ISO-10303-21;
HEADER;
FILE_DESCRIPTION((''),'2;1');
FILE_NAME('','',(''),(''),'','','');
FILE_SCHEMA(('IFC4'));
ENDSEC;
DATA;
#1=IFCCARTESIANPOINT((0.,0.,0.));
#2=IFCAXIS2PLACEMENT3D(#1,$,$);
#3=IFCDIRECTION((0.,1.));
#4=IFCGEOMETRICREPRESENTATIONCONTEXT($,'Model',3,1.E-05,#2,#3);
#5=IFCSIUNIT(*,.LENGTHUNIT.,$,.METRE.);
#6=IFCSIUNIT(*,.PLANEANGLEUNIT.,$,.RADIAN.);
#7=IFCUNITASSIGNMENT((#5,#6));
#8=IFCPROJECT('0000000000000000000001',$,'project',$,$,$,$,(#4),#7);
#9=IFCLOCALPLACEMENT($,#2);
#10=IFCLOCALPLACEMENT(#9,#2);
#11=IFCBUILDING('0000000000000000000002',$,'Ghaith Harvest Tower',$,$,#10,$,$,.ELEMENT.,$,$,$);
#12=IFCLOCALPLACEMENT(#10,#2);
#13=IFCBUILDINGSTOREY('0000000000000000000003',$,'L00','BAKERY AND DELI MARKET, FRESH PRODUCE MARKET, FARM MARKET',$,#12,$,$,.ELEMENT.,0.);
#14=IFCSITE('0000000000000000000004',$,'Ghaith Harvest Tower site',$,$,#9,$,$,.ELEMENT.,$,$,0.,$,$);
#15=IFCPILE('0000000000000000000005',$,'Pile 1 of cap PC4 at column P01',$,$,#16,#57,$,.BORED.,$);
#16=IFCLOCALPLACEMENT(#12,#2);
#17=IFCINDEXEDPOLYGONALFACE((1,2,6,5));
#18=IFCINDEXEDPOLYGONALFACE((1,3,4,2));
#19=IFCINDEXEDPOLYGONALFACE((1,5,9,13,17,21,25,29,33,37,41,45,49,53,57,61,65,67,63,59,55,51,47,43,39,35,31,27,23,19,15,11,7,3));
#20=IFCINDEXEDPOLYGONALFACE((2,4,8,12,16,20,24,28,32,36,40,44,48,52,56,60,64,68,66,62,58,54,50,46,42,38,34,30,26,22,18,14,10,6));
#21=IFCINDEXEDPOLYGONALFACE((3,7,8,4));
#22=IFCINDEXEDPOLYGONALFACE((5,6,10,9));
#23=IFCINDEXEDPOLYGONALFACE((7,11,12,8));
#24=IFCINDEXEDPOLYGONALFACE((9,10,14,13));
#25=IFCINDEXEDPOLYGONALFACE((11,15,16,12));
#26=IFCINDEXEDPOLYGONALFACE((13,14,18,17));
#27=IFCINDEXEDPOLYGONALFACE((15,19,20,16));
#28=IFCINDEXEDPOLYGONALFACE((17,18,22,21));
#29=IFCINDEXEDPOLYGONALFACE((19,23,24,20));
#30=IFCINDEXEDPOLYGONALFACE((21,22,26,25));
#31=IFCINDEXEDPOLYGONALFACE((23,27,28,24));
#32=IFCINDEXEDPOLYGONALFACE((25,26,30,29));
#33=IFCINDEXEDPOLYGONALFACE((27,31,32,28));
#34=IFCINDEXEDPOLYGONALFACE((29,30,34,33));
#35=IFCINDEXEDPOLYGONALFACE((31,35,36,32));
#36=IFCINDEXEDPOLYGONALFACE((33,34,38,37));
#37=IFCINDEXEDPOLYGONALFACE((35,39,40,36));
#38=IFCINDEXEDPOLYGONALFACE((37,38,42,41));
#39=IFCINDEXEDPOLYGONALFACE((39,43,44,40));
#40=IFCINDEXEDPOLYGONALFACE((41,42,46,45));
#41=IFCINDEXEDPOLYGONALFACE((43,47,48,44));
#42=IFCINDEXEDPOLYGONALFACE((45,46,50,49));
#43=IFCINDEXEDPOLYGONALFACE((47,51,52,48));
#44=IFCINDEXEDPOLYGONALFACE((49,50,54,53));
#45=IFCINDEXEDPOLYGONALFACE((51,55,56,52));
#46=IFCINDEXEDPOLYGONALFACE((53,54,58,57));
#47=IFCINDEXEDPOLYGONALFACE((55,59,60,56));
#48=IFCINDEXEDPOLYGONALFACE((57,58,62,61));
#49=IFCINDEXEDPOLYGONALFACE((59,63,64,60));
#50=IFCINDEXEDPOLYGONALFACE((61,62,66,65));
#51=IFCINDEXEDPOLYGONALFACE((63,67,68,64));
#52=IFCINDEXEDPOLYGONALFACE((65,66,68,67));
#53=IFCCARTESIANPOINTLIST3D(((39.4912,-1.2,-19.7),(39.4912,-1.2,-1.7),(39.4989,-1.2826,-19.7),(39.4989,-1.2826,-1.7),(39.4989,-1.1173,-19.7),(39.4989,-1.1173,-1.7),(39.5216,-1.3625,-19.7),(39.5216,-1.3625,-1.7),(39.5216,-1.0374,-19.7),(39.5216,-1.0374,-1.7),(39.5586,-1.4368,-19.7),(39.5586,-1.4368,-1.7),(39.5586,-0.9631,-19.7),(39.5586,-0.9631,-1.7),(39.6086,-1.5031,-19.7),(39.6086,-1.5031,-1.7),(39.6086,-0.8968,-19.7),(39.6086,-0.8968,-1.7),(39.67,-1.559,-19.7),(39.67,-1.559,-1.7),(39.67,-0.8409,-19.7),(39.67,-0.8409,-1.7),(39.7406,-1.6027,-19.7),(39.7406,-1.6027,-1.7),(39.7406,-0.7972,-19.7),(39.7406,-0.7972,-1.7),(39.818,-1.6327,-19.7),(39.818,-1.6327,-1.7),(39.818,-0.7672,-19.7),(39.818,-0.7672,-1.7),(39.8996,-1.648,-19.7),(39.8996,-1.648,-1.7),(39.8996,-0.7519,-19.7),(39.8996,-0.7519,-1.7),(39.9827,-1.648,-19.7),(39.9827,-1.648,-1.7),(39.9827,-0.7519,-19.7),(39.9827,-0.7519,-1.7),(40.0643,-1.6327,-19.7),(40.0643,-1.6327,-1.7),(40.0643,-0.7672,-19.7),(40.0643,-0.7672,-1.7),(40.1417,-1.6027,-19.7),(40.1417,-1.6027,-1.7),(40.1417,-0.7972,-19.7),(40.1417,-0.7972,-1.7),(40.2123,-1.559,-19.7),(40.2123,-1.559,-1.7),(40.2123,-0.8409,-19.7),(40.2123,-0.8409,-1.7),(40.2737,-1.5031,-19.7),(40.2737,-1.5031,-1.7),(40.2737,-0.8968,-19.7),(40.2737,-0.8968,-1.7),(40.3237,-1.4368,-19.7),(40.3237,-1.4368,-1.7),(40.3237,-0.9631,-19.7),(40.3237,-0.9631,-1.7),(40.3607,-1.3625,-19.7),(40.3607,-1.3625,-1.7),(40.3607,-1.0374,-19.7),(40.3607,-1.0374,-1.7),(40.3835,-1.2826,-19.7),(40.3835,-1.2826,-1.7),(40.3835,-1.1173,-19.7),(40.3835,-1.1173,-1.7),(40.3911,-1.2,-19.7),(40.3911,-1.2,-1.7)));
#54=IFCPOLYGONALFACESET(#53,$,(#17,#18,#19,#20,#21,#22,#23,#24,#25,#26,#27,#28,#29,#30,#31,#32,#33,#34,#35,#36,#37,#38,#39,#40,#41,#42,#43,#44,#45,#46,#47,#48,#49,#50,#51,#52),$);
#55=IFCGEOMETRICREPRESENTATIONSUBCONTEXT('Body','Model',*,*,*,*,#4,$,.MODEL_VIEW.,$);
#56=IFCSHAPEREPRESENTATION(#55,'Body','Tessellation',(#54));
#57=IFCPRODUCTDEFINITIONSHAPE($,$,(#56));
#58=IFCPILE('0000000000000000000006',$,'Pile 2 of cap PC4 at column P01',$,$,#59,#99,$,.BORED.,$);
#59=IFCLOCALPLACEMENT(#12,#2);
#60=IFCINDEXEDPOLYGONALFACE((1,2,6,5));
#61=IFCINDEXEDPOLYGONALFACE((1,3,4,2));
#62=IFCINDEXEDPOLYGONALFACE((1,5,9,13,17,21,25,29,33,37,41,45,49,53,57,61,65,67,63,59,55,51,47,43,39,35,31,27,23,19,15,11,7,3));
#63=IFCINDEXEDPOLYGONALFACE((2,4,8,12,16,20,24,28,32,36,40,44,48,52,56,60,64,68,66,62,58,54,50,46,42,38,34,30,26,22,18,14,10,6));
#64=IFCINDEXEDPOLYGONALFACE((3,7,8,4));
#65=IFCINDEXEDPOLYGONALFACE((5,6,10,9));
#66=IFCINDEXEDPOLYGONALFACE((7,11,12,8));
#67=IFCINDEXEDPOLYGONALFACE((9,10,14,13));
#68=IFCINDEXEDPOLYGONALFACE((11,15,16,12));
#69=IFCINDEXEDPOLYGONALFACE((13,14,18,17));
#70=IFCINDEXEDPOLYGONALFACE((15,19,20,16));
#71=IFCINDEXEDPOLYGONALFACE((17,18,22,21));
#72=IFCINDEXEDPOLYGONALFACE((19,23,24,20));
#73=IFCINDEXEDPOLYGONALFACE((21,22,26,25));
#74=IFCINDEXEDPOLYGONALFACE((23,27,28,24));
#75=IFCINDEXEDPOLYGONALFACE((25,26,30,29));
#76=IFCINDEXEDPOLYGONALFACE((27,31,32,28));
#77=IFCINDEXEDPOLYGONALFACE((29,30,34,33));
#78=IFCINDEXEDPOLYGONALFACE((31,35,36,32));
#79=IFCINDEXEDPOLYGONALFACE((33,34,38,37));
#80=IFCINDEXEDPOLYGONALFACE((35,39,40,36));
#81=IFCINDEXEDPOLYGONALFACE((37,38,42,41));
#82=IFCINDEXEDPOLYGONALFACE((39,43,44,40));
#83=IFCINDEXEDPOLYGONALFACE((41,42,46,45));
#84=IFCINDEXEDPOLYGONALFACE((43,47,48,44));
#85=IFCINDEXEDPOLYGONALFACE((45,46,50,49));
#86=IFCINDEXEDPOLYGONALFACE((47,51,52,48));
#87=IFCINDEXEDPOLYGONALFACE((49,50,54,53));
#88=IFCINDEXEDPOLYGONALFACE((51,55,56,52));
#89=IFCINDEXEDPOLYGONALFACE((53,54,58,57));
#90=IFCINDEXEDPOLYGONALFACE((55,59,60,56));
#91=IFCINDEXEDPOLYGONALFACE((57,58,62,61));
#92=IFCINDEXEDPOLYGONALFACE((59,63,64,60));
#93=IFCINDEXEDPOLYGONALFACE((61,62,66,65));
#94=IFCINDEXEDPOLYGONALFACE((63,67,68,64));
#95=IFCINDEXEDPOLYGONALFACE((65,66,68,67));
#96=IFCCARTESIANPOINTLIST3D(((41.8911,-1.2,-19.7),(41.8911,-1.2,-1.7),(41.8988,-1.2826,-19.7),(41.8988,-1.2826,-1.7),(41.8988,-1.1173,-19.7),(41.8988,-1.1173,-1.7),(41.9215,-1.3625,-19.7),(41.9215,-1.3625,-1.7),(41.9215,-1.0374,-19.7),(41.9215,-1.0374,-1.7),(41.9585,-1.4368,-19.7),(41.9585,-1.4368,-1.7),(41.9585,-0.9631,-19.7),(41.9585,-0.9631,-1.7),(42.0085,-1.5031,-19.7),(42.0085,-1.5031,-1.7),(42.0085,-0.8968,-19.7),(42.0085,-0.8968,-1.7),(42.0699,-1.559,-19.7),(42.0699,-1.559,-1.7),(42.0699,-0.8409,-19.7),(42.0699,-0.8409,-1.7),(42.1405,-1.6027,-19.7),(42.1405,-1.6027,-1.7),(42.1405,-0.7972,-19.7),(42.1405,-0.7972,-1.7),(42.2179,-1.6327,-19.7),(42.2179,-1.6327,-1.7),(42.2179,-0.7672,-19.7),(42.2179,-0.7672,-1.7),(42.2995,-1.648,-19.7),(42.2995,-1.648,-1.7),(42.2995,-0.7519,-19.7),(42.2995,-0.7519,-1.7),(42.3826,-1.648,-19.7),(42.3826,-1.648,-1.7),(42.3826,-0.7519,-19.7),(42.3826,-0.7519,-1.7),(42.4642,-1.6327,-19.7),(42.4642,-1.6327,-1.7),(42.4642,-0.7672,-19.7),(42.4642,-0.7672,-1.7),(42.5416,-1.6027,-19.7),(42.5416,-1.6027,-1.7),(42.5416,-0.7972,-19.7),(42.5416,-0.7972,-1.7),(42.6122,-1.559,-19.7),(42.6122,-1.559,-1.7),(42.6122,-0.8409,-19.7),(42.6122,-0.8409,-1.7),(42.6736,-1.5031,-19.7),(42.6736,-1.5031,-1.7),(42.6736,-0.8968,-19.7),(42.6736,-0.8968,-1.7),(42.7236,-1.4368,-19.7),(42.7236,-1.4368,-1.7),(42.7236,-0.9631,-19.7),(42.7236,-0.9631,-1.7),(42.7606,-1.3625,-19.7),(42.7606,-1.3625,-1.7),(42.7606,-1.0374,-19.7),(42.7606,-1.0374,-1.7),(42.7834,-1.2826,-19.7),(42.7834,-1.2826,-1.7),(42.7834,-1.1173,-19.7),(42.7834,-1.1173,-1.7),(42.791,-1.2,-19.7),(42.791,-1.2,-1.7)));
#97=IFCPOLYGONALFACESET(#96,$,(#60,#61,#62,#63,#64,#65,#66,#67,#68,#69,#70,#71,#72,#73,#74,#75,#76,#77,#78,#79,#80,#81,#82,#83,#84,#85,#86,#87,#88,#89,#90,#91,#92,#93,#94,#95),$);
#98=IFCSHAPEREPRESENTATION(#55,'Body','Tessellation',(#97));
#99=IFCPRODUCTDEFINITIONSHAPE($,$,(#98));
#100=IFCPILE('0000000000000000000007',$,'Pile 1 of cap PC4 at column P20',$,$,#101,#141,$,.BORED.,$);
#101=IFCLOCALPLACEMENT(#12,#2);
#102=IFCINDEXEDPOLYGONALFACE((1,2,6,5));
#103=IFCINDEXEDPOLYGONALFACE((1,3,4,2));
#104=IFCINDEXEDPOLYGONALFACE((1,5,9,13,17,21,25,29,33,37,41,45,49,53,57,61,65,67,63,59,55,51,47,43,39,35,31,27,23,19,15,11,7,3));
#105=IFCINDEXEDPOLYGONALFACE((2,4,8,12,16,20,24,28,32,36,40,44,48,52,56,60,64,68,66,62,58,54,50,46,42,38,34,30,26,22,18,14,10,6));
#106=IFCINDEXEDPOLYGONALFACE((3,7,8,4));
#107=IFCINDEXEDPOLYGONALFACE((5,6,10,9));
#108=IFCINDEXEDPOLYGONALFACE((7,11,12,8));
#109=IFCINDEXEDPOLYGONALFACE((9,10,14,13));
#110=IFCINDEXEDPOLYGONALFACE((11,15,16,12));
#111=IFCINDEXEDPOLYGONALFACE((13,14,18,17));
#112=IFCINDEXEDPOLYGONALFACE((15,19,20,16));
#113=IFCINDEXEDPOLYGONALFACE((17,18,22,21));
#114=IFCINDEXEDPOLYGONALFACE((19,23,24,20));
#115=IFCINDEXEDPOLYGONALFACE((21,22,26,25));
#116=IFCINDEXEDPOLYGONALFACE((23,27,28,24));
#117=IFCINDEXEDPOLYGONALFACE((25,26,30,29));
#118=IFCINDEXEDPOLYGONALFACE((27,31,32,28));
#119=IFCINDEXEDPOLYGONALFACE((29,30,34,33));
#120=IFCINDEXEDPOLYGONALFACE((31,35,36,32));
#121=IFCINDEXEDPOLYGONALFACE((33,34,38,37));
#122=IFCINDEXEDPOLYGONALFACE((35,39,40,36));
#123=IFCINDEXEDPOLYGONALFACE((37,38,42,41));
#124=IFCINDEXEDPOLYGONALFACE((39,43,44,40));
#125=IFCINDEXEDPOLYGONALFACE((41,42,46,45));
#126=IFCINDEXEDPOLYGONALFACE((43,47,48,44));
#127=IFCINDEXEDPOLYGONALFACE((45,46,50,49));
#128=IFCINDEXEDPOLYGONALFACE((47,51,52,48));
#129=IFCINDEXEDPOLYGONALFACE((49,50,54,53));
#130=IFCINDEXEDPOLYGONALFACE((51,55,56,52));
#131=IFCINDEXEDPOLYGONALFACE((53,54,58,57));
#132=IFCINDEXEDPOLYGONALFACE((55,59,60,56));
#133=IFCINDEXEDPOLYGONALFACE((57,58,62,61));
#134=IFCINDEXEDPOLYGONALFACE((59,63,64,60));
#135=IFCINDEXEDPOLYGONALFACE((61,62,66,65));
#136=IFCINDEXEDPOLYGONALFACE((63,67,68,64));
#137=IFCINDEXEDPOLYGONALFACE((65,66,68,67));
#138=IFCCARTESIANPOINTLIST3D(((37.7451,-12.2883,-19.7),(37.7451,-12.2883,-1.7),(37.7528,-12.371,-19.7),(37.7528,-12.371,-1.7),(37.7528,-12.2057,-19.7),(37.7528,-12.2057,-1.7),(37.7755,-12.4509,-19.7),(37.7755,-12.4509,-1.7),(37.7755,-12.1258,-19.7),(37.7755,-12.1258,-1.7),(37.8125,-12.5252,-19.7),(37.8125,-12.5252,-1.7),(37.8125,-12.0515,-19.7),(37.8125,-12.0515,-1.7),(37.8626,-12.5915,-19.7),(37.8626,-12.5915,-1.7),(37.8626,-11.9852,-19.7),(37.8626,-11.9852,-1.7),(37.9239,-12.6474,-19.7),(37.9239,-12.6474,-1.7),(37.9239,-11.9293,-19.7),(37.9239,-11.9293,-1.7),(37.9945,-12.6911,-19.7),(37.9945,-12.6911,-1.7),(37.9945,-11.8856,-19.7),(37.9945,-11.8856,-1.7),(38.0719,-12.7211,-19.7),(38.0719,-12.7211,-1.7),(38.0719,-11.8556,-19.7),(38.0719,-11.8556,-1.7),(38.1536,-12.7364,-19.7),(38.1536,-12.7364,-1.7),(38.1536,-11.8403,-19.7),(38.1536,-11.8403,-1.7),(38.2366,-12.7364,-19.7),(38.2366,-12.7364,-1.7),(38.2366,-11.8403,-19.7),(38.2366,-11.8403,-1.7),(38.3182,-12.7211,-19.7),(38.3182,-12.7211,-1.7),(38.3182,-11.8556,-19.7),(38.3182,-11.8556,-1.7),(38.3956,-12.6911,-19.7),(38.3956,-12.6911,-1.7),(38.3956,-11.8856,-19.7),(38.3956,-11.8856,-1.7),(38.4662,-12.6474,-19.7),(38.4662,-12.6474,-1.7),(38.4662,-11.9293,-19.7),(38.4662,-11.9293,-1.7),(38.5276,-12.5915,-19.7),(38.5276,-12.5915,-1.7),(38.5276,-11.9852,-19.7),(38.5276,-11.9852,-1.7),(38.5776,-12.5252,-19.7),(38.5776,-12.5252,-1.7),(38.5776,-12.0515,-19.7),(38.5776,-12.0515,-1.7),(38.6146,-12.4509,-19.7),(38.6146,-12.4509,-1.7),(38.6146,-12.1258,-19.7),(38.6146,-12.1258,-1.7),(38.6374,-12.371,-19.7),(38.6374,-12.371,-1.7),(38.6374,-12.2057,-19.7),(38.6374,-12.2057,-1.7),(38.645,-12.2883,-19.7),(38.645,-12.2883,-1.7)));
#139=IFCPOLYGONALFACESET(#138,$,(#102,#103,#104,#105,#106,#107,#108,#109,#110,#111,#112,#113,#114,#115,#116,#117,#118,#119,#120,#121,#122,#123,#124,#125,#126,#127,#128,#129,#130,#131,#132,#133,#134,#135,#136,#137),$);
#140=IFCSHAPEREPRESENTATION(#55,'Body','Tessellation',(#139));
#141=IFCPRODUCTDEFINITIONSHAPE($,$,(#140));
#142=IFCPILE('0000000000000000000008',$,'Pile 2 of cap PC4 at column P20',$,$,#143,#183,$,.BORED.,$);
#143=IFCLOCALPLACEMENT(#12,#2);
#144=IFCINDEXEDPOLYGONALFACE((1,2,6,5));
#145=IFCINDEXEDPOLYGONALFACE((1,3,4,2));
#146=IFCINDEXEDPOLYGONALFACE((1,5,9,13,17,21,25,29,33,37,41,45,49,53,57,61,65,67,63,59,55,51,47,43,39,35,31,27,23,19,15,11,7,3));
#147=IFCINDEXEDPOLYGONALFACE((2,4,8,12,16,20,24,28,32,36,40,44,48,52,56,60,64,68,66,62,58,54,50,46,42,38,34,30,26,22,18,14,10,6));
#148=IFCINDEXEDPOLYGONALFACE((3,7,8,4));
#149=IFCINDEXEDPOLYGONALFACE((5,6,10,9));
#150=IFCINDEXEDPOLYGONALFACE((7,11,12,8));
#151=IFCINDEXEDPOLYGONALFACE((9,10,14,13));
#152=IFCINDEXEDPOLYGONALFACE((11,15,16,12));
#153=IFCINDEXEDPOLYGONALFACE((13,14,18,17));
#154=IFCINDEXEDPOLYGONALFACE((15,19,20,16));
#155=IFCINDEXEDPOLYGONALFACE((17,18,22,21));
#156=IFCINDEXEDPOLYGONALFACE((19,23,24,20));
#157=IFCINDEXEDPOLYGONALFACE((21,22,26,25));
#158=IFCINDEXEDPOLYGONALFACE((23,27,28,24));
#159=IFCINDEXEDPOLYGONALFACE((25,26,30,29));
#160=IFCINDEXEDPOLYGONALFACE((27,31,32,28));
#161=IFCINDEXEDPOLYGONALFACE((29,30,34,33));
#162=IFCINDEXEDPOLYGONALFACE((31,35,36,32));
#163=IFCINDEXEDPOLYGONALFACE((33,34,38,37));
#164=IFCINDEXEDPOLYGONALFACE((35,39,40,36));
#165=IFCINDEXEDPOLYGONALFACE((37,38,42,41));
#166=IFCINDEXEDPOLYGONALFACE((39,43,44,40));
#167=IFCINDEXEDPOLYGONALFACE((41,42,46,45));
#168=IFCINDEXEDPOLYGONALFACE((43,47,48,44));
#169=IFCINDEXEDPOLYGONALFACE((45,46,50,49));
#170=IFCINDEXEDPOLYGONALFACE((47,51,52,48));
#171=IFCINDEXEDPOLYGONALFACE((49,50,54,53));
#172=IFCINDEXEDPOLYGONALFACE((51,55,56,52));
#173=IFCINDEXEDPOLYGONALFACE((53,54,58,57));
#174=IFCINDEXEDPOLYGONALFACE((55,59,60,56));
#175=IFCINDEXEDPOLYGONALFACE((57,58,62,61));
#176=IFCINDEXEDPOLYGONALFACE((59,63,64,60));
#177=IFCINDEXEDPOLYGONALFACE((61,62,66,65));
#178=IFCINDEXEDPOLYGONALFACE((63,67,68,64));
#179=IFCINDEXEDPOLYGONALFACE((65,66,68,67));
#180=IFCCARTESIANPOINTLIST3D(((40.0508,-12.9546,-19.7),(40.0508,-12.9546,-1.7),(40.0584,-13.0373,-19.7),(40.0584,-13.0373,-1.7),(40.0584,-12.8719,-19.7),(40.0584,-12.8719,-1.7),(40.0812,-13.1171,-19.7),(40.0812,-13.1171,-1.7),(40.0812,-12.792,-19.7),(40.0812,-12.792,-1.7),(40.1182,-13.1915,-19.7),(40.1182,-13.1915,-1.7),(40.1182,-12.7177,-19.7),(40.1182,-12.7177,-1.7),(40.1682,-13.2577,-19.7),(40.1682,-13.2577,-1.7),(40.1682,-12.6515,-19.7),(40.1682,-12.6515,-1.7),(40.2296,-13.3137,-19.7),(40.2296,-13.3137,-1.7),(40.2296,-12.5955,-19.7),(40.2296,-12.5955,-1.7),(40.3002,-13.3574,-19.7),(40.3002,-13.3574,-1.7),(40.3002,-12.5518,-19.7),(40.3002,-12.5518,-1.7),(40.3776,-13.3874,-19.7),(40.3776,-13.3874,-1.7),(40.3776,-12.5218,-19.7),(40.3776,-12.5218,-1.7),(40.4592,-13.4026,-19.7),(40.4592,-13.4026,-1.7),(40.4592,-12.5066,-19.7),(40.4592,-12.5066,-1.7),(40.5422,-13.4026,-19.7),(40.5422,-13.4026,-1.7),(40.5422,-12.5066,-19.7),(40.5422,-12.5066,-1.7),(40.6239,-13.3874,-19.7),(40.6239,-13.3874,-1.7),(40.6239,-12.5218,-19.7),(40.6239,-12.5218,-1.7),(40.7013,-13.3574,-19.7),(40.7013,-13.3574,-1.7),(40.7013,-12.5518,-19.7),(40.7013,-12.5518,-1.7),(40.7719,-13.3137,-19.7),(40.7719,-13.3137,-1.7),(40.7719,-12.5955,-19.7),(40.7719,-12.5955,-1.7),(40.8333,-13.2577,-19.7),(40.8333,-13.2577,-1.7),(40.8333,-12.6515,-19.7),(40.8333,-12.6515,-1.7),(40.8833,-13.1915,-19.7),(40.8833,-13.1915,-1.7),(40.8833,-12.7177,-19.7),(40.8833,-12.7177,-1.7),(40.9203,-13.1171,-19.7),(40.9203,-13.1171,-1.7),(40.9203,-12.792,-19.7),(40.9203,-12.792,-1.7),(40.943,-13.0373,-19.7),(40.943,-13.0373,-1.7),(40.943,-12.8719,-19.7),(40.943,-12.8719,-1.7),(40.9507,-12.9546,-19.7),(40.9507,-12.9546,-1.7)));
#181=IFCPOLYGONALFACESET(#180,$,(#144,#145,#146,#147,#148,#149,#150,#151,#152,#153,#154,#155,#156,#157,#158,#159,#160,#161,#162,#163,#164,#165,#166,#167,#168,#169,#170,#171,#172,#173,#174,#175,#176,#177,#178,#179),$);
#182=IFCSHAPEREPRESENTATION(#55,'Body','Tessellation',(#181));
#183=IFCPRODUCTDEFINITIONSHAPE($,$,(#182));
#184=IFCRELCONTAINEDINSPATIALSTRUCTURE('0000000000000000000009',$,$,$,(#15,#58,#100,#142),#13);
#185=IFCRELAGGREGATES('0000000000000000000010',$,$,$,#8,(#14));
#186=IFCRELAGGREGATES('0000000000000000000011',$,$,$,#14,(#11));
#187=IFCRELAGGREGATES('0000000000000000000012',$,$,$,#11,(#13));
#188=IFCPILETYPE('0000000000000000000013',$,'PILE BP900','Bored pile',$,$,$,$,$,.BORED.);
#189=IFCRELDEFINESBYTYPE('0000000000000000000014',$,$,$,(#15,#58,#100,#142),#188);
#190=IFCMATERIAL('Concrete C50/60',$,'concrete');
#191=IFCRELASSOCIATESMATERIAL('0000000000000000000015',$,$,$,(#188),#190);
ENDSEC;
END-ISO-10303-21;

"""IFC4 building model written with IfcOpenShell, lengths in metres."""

from ifc_helpers import new_model, si_unit, direction, frame, origin, origin_2d, place, context, subcontext, project, spatial, circle, extrude, material, material_profile, profile_set, type_object, element, save


model = new_model("IFC4")

# Units and contexts
model_context = context("Model", 3, precision=1e-05, world=origin(), true_north=direction((0.0, 1.0)))
body_context = subcontext(model_context, "Body", "Model", "MODEL_VIEW")
ifc_project = project(units=[si_unit("LENGTHUNIT", "METRE"), si_unit("PLANEANGLEUNIT", "RADIAN")], contexts=[model_context])

# Site, building, storey
site_placement = place(None, origin())
site = spatial("IfcSite", under=ifc_project, at=site_placement, Name="Ghaith Harvest Tower site", CompositionType="ELEMENT", RefElevation=0.0)
building_placement = place(site_placement, origin())
building = spatial("IfcBuilding", under=site, at=building_placement, Name="Ghaith Harvest Tower", CompositionType="ELEMENT")
storey_placement = place(building_placement, origin())
storey = spatial("IfcBuildingStorey", under=building, at=storey_placement, Name="L00", Description="BAKERY AND DELI MARKET, FRESH PRODUCE MARKET, FARM MARKET", CompositionType="ELEMENT", Elevation=0.0)

# Piles
ifc_material_1 = material(Name="Concrete C50/60", Category="concrete")
ifc_material_profile_1 = material_profile(ifc_material_1, circle(Radius=0.45, at=origin_2d()), Name="PILE900")
ifc_profile_set_1 = profile_set([ifc_material_profile_1], Name="Concrete C50/60")
pile_type = type_object("IfcPileType", Name="PILE BP900", Description="Bored pile", PredefinedType="BORED", material=ifc_profile_set_1)
for number, where, z_axis, x_axis, name in (
    (1, (39.9412, -1.2, -1.7), (0.0, 0.0, -1.0), (1.0, 0.0, 0.0), "Pile 1 of cap PC4 at column P01"),
    (2, (42.3411, -1.2, -1.7), (0.0, 0.0, -1.0), (1.0, 0.0, 0.0), "Pile 2 of cap PC4 at column P01"),
    (3, (38.1951, -12.2883, -1.7), (0.0, 0.0, -1.0), (1.0, 0.0, 0.0), "Pile 1 of cap PC4 at column P20"),
    (4, (40.5007, -12.9546, -1.7), (0.0, 0.0, -1.0), (1.0, 0.0, 0.0), "Pile 2 of cap PC4 at column P20"),
):
    element("IfcPile", number, at=place(storey_placement, frame(where, z_axis=z_axis, x_axis=x_axis)), inside=storey, type_object=pile_type, Name=name, PredefinedType="BORED", context=body_context, shape_type="SweptSolid", body=[
        extrude(circle(Radius=0.45, at=origin_2d()), origin(), (0.0, 0.0, 1.0), 18.0),
    ])

save(model, "model.ifc")
